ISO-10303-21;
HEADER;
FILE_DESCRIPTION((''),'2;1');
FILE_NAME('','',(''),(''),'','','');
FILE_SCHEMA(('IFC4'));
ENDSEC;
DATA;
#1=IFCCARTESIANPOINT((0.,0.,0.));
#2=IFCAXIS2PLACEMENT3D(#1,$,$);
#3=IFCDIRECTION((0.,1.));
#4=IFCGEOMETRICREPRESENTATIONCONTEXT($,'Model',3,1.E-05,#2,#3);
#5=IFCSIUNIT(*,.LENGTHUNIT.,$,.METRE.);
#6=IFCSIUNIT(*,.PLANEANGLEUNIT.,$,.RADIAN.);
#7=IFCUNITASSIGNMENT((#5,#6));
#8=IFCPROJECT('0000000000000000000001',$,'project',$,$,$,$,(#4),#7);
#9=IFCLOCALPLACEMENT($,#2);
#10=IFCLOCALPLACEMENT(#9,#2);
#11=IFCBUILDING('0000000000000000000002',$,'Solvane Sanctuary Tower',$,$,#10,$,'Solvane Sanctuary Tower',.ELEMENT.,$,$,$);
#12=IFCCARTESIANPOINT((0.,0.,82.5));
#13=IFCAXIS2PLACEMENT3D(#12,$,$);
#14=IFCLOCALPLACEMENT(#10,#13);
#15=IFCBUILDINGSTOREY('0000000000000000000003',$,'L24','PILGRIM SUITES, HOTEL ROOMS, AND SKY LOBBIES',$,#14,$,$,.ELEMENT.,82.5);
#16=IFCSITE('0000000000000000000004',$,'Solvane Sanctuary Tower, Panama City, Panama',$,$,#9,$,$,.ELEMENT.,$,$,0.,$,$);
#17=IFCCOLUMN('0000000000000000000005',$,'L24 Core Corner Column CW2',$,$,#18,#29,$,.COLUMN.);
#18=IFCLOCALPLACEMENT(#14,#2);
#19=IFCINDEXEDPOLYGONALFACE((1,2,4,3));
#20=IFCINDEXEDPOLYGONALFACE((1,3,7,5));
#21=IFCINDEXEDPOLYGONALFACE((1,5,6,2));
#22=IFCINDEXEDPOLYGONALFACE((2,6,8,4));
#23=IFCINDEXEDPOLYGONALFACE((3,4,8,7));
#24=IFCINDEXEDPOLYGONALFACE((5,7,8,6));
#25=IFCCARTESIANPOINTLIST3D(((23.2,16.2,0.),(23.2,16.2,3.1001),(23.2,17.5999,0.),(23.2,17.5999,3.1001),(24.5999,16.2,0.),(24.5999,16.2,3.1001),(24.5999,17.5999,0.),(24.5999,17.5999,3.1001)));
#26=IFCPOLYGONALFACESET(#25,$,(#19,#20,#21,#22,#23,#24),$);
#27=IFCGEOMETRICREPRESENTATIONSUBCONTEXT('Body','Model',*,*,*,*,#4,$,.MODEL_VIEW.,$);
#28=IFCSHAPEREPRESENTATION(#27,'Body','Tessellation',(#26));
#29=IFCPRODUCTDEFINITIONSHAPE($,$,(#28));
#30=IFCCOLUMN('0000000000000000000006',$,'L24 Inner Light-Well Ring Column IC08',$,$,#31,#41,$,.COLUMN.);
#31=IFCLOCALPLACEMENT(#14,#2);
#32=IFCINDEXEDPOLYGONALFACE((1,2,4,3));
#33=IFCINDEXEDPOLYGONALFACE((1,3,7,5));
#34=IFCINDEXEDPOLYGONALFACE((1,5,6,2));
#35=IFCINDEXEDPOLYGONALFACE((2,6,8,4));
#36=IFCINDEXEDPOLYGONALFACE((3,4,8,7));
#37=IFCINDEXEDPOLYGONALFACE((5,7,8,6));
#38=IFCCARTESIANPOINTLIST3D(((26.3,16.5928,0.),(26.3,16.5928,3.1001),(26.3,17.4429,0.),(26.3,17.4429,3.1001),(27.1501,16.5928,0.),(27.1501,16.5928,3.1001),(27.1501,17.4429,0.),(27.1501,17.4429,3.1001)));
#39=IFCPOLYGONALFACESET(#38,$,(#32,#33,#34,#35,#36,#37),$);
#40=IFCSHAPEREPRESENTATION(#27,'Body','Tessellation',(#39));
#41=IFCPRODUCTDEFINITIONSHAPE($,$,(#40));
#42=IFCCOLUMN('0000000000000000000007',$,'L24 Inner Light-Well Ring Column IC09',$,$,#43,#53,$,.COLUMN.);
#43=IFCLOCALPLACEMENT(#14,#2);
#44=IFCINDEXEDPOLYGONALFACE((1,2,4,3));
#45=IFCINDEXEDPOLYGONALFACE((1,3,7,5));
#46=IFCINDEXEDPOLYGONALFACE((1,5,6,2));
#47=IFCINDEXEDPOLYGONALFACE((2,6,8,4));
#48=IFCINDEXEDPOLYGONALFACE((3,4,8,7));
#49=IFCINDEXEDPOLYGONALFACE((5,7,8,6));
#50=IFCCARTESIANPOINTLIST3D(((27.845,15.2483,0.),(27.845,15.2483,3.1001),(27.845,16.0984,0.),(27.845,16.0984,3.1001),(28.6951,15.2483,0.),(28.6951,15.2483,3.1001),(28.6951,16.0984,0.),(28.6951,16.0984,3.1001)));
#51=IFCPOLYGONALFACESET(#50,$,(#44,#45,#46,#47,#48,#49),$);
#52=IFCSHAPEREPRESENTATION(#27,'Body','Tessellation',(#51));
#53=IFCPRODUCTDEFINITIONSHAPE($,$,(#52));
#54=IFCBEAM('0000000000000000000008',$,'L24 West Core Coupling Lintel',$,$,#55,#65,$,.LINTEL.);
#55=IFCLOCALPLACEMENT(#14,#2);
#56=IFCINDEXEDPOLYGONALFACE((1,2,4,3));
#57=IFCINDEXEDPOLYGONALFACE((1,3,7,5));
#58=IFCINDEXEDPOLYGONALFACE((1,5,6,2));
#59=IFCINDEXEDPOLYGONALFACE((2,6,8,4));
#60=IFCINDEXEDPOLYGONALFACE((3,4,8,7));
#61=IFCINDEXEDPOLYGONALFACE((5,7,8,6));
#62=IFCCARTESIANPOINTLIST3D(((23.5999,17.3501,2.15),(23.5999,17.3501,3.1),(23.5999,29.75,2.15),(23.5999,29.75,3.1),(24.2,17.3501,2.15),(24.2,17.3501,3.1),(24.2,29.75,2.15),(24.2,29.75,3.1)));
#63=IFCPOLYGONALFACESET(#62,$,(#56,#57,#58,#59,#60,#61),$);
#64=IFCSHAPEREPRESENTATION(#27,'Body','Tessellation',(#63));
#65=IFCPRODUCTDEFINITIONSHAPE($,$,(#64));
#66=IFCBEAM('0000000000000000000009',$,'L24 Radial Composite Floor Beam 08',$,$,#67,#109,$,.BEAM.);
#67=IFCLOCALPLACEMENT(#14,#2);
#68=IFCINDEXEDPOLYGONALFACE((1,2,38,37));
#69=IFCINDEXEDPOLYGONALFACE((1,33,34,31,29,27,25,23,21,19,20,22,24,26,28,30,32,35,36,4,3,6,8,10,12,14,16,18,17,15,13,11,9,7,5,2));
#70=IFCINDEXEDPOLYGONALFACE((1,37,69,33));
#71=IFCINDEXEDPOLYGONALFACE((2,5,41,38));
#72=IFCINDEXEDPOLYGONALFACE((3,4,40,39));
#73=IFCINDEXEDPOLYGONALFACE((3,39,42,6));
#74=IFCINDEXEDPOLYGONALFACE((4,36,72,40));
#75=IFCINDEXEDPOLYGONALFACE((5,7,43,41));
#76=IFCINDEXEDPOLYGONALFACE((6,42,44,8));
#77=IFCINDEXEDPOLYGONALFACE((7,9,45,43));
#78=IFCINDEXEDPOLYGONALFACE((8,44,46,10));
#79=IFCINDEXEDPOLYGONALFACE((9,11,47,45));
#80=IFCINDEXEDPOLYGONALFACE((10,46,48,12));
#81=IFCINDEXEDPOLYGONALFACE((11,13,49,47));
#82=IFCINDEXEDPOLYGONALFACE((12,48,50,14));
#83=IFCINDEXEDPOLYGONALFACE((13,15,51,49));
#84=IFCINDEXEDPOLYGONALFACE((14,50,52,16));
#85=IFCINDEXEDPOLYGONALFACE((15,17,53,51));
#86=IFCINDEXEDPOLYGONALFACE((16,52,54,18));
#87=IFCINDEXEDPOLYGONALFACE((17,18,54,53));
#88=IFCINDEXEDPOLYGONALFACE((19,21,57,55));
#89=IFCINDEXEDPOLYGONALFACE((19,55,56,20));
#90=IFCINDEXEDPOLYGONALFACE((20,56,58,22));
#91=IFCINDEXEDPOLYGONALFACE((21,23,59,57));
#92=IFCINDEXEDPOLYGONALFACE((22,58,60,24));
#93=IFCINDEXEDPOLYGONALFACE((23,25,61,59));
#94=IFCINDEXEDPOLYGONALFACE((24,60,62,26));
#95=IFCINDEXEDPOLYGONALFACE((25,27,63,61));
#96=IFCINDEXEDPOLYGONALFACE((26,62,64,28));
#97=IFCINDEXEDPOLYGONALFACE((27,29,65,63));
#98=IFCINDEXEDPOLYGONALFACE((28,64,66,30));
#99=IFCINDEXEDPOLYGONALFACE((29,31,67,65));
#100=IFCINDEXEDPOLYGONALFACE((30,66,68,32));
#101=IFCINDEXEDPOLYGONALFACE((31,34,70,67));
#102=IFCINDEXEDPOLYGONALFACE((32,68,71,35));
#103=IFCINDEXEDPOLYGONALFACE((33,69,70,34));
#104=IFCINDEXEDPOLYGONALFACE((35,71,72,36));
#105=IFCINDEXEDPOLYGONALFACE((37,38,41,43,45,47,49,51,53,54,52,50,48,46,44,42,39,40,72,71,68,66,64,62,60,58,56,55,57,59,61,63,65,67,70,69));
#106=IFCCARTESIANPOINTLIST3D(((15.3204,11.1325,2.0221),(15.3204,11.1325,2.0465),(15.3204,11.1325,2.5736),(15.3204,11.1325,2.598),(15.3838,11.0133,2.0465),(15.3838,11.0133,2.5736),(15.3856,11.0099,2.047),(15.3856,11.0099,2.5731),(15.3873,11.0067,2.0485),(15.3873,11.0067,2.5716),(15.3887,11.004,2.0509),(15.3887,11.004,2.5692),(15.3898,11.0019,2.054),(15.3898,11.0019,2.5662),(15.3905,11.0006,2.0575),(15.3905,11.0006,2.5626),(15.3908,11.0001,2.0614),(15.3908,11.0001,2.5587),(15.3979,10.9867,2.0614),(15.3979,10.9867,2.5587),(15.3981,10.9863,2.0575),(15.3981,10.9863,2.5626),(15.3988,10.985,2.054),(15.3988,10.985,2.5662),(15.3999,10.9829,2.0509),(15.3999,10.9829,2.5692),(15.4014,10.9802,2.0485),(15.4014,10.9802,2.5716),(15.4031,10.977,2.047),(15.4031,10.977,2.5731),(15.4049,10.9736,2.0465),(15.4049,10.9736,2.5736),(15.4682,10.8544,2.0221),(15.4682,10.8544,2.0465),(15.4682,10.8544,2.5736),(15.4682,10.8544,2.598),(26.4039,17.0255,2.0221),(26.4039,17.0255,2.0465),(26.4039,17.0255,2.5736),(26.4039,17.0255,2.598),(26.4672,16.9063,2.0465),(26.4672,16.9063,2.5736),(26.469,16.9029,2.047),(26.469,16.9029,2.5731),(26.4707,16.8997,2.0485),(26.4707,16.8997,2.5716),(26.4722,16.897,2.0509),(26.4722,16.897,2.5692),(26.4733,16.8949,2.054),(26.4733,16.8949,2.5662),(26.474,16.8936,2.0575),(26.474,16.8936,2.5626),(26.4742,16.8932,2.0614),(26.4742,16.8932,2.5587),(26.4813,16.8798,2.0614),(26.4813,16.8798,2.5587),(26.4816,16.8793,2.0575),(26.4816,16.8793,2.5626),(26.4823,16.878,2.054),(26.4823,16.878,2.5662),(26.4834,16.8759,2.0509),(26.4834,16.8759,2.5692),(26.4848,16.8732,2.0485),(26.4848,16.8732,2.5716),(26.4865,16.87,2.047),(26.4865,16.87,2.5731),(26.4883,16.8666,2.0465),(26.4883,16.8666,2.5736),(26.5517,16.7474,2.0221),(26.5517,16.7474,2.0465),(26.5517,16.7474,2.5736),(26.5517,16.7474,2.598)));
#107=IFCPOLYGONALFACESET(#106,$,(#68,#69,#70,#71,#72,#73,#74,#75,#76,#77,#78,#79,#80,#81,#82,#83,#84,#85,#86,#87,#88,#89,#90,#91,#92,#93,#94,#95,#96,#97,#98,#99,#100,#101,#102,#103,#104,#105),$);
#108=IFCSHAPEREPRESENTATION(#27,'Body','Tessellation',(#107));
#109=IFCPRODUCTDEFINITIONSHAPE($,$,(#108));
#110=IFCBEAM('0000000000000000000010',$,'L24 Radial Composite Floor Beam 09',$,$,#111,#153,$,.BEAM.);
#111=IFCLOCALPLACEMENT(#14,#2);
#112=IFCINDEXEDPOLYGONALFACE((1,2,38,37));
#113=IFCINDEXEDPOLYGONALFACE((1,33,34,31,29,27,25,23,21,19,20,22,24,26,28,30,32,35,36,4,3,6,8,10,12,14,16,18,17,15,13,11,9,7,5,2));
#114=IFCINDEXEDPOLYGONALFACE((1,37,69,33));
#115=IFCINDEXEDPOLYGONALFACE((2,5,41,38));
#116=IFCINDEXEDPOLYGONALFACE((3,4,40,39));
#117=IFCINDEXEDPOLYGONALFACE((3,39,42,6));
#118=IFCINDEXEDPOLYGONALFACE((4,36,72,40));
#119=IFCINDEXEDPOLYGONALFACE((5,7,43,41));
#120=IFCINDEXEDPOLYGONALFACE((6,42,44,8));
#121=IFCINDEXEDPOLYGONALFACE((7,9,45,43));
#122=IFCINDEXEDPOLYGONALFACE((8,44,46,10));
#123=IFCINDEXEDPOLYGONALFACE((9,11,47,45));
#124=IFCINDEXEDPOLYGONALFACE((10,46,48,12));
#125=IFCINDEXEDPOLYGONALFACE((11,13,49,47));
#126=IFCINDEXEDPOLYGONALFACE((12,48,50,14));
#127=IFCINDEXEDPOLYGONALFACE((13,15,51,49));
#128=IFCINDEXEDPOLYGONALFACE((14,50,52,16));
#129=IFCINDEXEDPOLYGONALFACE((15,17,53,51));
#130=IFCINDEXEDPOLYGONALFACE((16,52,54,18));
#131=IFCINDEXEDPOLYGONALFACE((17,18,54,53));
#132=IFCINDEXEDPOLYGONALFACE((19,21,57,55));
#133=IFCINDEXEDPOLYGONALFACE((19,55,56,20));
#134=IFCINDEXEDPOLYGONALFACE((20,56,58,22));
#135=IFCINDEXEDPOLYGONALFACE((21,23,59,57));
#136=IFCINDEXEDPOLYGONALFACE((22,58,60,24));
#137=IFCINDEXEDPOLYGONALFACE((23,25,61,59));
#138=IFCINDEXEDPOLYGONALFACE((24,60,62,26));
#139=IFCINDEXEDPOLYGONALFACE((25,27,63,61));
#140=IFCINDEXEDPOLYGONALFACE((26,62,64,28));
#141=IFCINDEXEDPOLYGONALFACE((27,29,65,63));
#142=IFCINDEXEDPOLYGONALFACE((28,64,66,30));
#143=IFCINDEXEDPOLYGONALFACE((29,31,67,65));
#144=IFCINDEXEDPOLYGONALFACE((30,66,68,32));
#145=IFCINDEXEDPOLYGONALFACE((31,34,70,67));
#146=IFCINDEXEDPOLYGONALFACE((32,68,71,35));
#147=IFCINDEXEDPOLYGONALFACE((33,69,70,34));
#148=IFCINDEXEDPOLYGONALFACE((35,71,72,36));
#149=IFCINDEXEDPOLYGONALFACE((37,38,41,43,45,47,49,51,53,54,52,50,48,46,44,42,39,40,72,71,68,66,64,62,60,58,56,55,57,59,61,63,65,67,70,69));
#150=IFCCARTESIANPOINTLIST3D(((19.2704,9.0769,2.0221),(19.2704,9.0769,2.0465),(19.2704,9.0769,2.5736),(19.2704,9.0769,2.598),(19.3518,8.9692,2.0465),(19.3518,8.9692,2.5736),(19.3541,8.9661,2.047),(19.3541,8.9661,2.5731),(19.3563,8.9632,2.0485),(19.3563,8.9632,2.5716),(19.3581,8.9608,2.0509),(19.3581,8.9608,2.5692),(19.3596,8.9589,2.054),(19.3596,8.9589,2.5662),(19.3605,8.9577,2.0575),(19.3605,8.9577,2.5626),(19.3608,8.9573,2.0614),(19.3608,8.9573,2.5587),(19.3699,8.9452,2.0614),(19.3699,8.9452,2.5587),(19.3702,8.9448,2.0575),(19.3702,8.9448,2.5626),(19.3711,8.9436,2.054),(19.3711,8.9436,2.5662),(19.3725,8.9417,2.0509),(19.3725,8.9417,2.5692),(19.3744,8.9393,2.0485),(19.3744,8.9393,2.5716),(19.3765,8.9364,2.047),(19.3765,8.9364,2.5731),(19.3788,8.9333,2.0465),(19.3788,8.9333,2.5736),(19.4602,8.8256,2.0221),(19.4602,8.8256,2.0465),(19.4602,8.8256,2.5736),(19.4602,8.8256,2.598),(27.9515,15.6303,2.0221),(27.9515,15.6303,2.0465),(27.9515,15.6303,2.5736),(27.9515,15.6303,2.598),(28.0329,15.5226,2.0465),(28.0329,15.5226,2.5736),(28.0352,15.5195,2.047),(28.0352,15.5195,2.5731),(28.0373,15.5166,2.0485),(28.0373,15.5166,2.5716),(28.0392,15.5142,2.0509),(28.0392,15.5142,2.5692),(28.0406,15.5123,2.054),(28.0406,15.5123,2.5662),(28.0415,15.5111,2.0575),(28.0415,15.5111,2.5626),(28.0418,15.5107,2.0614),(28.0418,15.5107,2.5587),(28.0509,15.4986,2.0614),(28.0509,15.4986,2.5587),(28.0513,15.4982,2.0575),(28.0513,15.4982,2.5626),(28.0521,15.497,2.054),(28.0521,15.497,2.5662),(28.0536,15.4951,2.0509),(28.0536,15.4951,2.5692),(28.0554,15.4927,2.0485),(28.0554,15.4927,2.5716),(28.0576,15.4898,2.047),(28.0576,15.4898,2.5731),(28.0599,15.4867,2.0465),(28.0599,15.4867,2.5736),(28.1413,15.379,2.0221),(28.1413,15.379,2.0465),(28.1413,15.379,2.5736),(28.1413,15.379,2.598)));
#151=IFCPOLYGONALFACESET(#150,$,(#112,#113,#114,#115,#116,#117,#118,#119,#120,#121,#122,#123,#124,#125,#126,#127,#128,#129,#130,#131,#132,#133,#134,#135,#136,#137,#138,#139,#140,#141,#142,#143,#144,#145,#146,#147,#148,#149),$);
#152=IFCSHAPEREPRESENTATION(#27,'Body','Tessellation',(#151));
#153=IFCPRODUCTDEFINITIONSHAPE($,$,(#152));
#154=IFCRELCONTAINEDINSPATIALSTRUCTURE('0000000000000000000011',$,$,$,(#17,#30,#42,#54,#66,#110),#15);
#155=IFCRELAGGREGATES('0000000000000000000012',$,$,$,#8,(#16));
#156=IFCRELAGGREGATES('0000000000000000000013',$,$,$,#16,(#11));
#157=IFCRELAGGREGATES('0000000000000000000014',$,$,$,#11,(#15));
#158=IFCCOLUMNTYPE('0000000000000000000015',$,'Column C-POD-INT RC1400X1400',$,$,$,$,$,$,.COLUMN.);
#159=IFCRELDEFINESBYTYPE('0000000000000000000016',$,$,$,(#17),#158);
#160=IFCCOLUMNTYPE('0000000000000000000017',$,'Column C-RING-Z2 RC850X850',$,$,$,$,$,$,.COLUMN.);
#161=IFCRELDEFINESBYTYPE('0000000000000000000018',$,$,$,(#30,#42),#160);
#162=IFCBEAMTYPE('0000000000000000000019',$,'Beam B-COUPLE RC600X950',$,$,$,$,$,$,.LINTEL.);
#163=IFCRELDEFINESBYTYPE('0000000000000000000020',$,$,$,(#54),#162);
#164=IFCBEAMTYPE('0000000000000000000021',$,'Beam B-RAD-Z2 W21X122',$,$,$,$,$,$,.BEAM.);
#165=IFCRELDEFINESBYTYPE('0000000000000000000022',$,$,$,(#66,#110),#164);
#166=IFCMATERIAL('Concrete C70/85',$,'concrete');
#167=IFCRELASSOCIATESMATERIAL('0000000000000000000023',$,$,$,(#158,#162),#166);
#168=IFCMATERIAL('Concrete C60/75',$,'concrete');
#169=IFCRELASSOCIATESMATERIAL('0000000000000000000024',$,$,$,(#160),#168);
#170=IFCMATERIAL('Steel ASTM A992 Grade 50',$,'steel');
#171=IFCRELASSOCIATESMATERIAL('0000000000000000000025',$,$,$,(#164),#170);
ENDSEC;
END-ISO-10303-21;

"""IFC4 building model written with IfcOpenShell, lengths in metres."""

from ifc_helpers import new_model, si_unit, direction, frame, origin, origin_2d, place, context, subcontext, project, spatial, rectangle, i_section, extrude, material, material_profile, profile_set, type_object, element, save


model = new_model("IFC4")

# Units and contexts
model_context = context("Model", 3, precision=1e-05, world=origin(), true_north=direction((0.0, 1.0)))
body_context = subcontext(model_context, "Body", "Model", "MODEL_VIEW")
ifc_project = project(units=[si_unit("LENGTHUNIT", "METRE"), si_unit("PLANEANGLEUNIT", "RADIAN")], contexts=[model_context])

# Site, building, storey
site_placement = place(None, origin())
site = spatial("IfcSite", under=ifc_project, at=site_placement, Name="Solvane Sanctuary Tower, Panama City, Panama", CompositionType="ELEMENT", RefElevation=0.0)
building_placement = place(site_placement, origin())
building = spatial("IfcBuilding", under=site, at=building_placement, Name="Solvane Sanctuary Tower", LongName="Solvane Sanctuary Tower", CompositionType="ELEMENT")
storey_placement = place(building_placement, frame((0.0, 0.0, 82.5)))
storey = spatial("IfcBuildingStorey", under=building, at=storey_placement, Name="L24", Description="PILGRIM SUITES, HOTEL ROOMS, AND SKY LOBBIES", CompositionType="ELEMENT", Elevation=82.5)

# Columns
ifc_material_1 = material(Name="Concrete C70/85", Category="concrete")
ifc_material_profile_1 = material_profile(ifc_material_1, rectangle(XDim=1.3999, YDim=1.3999, at=origin_2d()), Name="RC1400X1400")
ifc_profile_set_1 = profile_set([ifc_material_profile_1], Name="Concrete C70/85")
column_type_1 = type_object("IfcColumnType", Name="Column C-POD-INT RC1400X1400", PredefinedType="COLUMN", material=ifc_profile_set_1)
column_placement = place(storey_placement, frame((23.8999, 16.8999, 0.0), z_axis=(0.0, 0.0, 1.0), x_axis=(1.0, 0.0, 0.0)))
element("IfcColumn", 1, at=column_placement, inside=storey, type_object=column_type_1, Name="L24 Core Corner Column CW2", PredefinedType="COLUMN", context=body_context, shape_type="SweptSolid", body=[
    extrude(rectangle(XDim=1.3999, YDim=1.3999, at=origin_2d()), origin(), (0.0, 0.0, 1.0), 3.1001),
])
ifc_material_2 = material(Name="Concrete C60/75", Category="concrete")
ifc_material_profile_2 = material_profile(ifc_material_2, rectangle(XDim=0.8501, YDim=0.8501, at=origin_2d()), Name="RC850X850")
ifc_profile_set_2 = profile_set([ifc_material_profile_2], Name="Concrete C60/75")
column_type_2 = type_object("IfcColumnType", Name="Column C-RING-Z2 RC850X850", PredefinedType="COLUMN", material=ifc_profile_set_2)
for number, where, z_axis, x_axis, name in (
    (2, (26.7251, 17.0178, 0.0), (0.0, 0.0, 1.0), (1.0, 0.0, 0.0), "L24 Inner Light-Well Ring Column IC08"),
    (3, (28.27, 15.6733, 0.0), (0.0, 0.0, 1.0), (1.0, 0.0, 0.0), "L24 Inner Light-Well Ring Column IC09"),
):
    element("IfcColumn", number, at=place(storey_placement, frame(where, z_axis=z_axis, x_axis=x_axis)), inside=storey, type_object=column_type_2, Name=name, PredefinedType="COLUMN", context=body_context, shape_type="SweptSolid", body=[
        extrude(rectangle(XDim=0.8501, YDim=0.8501, at=origin_2d()), origin(), (0.0, 0.0, 1.0), 3.1001),
    ])

# Beams
ifc_material_profile_3 = material_profile(ifc_material_1, rectangle(XDim=0.6001, YDim=0.95, at=origin_2d()), Name="RC600X950")
ifc_profile_set_3 = profile_set([ifc_material_profile_3], Name="Concrete C70/85")
beam_type_1 = type_object("IfcBeamType", Name="Beam B-COUPLE RC600X950", PredefinedType="LINTEL", material=ifc_profile_set_3)
beam_1_placement = place(storey_placement, frame((23.8999, 17.3501, 2.625), z_axis=(0.0, 1.0, 0.0), x_axis=(-1.0, 0.0, 0.0)))
element("IfcBeam", 4, at=beam_1_placement, inside=storey, type_object=beam_type_1, Name="L24 West Core Coupling Lintel", PredefinedType="LINTEL", context=body_context, shape_type="SweptSolid", body=[
    extrude(rectangle(XDim=0.6001, YDim=0.95, at=origin_2d()), origin(), (0.0, 0.0, 1.0), 12.3999),
])
ifc_material_3 = material(Name="Steel ASTM A992 Grade 50", Category="steel")
ifc_material_profile_4 = material_profile(ifc_material_3, i_section(OverallWidth=0.3149, OverallDepth=0.5759, WebThickness=0.0151, FlangeThickness=0.0244, FilletRadius=0.0149, at=origin_2d()), Name="W21X122")
ifc_profile_set_4 = profile_set([ifc_material_profile_4], Name="Steel ASTM A992 Grade 50")
beam_type_2 = type_object("IfcBeamType", Name="Beam B-RAD-Z2 W21X122", PredefinedType="BEAM", material=ifc_profile_set_4)
beam_2_placement = place(storey_placement, frame((26.4778, 16.8865, 2.3101), z_axis=(-0.882952, -0.469463, 0.0), x_axis=(0.469463, -0.882952, 0.0)))
element("IfcBeam", 5, at=beam_2_placement, inside=storey, type_object=beam_type_2, Name="L24 Radial Composite Floor Beam 08", PredefinedType="BEAM", context=body_context, shape_type="SweptSolid", body=[
    extrude(i_section(OverallWidth=0.3149, OverallDepth=0.5759, WebThickness=0.0151, FlangeThickness=0.0244, FilletRadius=0.0149, at=origin_2d()), origin(), (0.0, 0.0, 1.0), 12.5527),
])
beam_3_placement = place(storey_placement, frame((28.0464, 15.5046, 2.3101), z_axis=(-0.798116, -0.602504, 0.0), x_axis=(0.602504, -0.798116, 0.0)))
element("IfcBeam", 6, at=beam_3_placement, inside=storey, type_object=beam_type_2, Name="L24 Radial Composite Floor Beam 09", PredefinedType="BEAM", context=body_context, shape_type="SweptSolid", body=[
    extrude(i_section(OverallWidth=0.3149, OverallDepth=0.5759, WebThickness=0.0151, FlangeThickness=0.0244, FilletRadius=0.0149, at=origin_2d()), origin(), (0.0, 0.0, 1.0), 10.877),
])

save(model, "model.ifc")
